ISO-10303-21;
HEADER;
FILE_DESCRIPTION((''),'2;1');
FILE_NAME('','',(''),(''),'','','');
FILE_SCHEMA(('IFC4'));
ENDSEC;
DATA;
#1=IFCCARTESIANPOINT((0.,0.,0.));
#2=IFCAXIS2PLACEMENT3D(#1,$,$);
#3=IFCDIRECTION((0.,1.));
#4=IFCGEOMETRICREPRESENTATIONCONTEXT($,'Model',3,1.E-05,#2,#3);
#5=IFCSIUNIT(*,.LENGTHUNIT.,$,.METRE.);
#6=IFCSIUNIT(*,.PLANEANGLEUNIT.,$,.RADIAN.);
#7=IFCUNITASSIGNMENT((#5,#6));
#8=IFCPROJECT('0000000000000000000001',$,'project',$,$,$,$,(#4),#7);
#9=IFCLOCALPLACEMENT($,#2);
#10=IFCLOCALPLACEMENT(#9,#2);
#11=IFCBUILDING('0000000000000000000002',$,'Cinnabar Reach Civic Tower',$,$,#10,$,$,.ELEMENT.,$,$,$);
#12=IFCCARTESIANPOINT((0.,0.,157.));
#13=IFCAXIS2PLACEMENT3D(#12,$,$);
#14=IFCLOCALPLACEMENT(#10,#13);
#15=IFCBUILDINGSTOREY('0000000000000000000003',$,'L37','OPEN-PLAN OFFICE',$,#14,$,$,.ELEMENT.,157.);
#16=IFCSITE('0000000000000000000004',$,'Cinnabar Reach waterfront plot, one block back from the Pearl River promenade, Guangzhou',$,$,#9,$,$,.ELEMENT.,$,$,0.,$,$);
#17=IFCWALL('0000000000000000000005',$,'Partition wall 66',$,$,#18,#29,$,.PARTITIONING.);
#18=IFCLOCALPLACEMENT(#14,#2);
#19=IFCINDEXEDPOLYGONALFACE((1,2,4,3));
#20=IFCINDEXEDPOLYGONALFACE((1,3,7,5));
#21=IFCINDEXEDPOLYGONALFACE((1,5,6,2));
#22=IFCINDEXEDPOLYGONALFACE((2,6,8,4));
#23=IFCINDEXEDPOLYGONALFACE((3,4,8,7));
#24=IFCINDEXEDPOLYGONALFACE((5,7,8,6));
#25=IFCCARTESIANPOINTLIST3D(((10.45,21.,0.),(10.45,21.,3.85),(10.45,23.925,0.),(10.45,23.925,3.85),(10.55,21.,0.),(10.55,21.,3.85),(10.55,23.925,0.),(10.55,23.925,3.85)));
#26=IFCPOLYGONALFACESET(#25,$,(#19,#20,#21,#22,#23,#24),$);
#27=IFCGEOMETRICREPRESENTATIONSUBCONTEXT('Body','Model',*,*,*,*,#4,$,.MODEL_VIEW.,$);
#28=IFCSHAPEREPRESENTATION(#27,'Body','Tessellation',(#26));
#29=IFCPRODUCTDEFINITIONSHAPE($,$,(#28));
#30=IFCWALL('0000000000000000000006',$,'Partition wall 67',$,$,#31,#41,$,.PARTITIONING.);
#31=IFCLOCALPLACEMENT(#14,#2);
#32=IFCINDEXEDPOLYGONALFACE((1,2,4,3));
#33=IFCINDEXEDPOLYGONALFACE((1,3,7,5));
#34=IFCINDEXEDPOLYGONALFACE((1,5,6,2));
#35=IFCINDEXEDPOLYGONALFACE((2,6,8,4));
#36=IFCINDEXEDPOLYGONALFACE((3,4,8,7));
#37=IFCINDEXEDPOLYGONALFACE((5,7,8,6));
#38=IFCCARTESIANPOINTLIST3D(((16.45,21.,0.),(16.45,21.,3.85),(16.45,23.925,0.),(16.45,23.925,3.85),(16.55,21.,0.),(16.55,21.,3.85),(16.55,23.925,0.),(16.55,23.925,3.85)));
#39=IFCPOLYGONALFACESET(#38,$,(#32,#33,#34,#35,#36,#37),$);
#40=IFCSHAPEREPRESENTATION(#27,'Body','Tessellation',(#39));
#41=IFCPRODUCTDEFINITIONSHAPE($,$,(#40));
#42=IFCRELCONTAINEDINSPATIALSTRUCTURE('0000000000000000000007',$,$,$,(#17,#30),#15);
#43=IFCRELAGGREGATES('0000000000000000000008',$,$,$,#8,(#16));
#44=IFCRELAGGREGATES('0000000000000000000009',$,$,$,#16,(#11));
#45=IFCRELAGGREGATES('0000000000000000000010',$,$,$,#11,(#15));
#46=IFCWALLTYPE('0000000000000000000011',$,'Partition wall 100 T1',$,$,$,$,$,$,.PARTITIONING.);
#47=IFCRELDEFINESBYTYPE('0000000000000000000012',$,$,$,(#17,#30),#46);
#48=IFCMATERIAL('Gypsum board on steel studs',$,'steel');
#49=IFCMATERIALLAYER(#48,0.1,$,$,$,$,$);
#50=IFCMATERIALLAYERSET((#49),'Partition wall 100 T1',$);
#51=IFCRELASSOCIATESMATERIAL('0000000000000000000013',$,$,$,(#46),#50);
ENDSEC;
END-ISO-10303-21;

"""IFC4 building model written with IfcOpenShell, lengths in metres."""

from ifc_helpers import new_model, si_unit, direction, frame, frame_2d, origin, place, context, subcontext, project, spatial, rectangle, extrude, material, layer, layer_set, type_object, element, save


model = new_model("IFC4")

# Units and contexts
model_context = context("Model", 3, precision=1e-05, world=origin(), true_north=direction((0.0, 1.0)))
body_context = subcontext(model_context, "Body", "Model", "MODEL_VIEW")
ifc_project = project(units=[si_unit("LENGTHUNIT", "METRE"), si_unit("PLANEANGLEUNIT", "RADIAN")], contexts=[model_context])

# Site, building, storey
site_placement = place(None, origin())
site = spatial("IfcSite", under=ifc_project, at=site_placement, Name="Cinnabar Reach waterfront plot, one block back from the Pearl River promenade, Guangzhou", CompositionType="ELEMENT", RefElevation=0.0)
building_placement = place(site_placement, origin())
building = spatial("IfcBuilding", under=site, at=building_placement, Name="Cinnabar Reach Civic Tower", CompositionType="ELEMENT")
storey_placement = place(building_placement, frame((0.0, 0.0, 157.0)))
storey = spatial("IfcBuildingStorey", under=building, at=storey_placement, Name="L37", Description="OPEN-PLAN OFFICE", CompositionType="ELEMENT", Elevation=157.0)

# Walls
ifc_material_1 = material(Name="Gypsum board on steel studs", Category="steel")
ifc_layer_1 = layer(ifc_material_1, 0.1)
ifc_layer_set_1 = layer_set([ifc_layer_1], Name="Partition wall 100 T1")
wall_type_1 = type_object("IfcWallType", Name="Partition wall 100 T1", PredefinedType="PARTITIONING", material=ifc_layer_set_1)
for number, where, z_axis, x_axis, name in (
    (1, (10.5, 21.0, 0.0), (0.0, 0.0, 1.0), (0.0, 1.0, 0.0), "Partition wall 66"),
    (2, (16.5, 21.0, 0.0), (0.0, 0.0, 1.0), (0.0, 1.0, 0.0), "Partition wall 67"),
):
    element("IfcWall", number, at=place(storey_placement, frame(where, z_axis=z_axis, x_axis=x_axis)), inside=storey, type_object=wall_type_1, Name=name, PredefinedType="PARTITIONING", context=body_context, shape_type="SweptSolid", body=[
        extrude(rectangle(XDim=2.925, YDim=0.1, at=frame_2d((1.4625, 0.0))), origin(), (0.0, 0.0, 1.0), 3.85),
    ])

save(model, "model.ifc")
